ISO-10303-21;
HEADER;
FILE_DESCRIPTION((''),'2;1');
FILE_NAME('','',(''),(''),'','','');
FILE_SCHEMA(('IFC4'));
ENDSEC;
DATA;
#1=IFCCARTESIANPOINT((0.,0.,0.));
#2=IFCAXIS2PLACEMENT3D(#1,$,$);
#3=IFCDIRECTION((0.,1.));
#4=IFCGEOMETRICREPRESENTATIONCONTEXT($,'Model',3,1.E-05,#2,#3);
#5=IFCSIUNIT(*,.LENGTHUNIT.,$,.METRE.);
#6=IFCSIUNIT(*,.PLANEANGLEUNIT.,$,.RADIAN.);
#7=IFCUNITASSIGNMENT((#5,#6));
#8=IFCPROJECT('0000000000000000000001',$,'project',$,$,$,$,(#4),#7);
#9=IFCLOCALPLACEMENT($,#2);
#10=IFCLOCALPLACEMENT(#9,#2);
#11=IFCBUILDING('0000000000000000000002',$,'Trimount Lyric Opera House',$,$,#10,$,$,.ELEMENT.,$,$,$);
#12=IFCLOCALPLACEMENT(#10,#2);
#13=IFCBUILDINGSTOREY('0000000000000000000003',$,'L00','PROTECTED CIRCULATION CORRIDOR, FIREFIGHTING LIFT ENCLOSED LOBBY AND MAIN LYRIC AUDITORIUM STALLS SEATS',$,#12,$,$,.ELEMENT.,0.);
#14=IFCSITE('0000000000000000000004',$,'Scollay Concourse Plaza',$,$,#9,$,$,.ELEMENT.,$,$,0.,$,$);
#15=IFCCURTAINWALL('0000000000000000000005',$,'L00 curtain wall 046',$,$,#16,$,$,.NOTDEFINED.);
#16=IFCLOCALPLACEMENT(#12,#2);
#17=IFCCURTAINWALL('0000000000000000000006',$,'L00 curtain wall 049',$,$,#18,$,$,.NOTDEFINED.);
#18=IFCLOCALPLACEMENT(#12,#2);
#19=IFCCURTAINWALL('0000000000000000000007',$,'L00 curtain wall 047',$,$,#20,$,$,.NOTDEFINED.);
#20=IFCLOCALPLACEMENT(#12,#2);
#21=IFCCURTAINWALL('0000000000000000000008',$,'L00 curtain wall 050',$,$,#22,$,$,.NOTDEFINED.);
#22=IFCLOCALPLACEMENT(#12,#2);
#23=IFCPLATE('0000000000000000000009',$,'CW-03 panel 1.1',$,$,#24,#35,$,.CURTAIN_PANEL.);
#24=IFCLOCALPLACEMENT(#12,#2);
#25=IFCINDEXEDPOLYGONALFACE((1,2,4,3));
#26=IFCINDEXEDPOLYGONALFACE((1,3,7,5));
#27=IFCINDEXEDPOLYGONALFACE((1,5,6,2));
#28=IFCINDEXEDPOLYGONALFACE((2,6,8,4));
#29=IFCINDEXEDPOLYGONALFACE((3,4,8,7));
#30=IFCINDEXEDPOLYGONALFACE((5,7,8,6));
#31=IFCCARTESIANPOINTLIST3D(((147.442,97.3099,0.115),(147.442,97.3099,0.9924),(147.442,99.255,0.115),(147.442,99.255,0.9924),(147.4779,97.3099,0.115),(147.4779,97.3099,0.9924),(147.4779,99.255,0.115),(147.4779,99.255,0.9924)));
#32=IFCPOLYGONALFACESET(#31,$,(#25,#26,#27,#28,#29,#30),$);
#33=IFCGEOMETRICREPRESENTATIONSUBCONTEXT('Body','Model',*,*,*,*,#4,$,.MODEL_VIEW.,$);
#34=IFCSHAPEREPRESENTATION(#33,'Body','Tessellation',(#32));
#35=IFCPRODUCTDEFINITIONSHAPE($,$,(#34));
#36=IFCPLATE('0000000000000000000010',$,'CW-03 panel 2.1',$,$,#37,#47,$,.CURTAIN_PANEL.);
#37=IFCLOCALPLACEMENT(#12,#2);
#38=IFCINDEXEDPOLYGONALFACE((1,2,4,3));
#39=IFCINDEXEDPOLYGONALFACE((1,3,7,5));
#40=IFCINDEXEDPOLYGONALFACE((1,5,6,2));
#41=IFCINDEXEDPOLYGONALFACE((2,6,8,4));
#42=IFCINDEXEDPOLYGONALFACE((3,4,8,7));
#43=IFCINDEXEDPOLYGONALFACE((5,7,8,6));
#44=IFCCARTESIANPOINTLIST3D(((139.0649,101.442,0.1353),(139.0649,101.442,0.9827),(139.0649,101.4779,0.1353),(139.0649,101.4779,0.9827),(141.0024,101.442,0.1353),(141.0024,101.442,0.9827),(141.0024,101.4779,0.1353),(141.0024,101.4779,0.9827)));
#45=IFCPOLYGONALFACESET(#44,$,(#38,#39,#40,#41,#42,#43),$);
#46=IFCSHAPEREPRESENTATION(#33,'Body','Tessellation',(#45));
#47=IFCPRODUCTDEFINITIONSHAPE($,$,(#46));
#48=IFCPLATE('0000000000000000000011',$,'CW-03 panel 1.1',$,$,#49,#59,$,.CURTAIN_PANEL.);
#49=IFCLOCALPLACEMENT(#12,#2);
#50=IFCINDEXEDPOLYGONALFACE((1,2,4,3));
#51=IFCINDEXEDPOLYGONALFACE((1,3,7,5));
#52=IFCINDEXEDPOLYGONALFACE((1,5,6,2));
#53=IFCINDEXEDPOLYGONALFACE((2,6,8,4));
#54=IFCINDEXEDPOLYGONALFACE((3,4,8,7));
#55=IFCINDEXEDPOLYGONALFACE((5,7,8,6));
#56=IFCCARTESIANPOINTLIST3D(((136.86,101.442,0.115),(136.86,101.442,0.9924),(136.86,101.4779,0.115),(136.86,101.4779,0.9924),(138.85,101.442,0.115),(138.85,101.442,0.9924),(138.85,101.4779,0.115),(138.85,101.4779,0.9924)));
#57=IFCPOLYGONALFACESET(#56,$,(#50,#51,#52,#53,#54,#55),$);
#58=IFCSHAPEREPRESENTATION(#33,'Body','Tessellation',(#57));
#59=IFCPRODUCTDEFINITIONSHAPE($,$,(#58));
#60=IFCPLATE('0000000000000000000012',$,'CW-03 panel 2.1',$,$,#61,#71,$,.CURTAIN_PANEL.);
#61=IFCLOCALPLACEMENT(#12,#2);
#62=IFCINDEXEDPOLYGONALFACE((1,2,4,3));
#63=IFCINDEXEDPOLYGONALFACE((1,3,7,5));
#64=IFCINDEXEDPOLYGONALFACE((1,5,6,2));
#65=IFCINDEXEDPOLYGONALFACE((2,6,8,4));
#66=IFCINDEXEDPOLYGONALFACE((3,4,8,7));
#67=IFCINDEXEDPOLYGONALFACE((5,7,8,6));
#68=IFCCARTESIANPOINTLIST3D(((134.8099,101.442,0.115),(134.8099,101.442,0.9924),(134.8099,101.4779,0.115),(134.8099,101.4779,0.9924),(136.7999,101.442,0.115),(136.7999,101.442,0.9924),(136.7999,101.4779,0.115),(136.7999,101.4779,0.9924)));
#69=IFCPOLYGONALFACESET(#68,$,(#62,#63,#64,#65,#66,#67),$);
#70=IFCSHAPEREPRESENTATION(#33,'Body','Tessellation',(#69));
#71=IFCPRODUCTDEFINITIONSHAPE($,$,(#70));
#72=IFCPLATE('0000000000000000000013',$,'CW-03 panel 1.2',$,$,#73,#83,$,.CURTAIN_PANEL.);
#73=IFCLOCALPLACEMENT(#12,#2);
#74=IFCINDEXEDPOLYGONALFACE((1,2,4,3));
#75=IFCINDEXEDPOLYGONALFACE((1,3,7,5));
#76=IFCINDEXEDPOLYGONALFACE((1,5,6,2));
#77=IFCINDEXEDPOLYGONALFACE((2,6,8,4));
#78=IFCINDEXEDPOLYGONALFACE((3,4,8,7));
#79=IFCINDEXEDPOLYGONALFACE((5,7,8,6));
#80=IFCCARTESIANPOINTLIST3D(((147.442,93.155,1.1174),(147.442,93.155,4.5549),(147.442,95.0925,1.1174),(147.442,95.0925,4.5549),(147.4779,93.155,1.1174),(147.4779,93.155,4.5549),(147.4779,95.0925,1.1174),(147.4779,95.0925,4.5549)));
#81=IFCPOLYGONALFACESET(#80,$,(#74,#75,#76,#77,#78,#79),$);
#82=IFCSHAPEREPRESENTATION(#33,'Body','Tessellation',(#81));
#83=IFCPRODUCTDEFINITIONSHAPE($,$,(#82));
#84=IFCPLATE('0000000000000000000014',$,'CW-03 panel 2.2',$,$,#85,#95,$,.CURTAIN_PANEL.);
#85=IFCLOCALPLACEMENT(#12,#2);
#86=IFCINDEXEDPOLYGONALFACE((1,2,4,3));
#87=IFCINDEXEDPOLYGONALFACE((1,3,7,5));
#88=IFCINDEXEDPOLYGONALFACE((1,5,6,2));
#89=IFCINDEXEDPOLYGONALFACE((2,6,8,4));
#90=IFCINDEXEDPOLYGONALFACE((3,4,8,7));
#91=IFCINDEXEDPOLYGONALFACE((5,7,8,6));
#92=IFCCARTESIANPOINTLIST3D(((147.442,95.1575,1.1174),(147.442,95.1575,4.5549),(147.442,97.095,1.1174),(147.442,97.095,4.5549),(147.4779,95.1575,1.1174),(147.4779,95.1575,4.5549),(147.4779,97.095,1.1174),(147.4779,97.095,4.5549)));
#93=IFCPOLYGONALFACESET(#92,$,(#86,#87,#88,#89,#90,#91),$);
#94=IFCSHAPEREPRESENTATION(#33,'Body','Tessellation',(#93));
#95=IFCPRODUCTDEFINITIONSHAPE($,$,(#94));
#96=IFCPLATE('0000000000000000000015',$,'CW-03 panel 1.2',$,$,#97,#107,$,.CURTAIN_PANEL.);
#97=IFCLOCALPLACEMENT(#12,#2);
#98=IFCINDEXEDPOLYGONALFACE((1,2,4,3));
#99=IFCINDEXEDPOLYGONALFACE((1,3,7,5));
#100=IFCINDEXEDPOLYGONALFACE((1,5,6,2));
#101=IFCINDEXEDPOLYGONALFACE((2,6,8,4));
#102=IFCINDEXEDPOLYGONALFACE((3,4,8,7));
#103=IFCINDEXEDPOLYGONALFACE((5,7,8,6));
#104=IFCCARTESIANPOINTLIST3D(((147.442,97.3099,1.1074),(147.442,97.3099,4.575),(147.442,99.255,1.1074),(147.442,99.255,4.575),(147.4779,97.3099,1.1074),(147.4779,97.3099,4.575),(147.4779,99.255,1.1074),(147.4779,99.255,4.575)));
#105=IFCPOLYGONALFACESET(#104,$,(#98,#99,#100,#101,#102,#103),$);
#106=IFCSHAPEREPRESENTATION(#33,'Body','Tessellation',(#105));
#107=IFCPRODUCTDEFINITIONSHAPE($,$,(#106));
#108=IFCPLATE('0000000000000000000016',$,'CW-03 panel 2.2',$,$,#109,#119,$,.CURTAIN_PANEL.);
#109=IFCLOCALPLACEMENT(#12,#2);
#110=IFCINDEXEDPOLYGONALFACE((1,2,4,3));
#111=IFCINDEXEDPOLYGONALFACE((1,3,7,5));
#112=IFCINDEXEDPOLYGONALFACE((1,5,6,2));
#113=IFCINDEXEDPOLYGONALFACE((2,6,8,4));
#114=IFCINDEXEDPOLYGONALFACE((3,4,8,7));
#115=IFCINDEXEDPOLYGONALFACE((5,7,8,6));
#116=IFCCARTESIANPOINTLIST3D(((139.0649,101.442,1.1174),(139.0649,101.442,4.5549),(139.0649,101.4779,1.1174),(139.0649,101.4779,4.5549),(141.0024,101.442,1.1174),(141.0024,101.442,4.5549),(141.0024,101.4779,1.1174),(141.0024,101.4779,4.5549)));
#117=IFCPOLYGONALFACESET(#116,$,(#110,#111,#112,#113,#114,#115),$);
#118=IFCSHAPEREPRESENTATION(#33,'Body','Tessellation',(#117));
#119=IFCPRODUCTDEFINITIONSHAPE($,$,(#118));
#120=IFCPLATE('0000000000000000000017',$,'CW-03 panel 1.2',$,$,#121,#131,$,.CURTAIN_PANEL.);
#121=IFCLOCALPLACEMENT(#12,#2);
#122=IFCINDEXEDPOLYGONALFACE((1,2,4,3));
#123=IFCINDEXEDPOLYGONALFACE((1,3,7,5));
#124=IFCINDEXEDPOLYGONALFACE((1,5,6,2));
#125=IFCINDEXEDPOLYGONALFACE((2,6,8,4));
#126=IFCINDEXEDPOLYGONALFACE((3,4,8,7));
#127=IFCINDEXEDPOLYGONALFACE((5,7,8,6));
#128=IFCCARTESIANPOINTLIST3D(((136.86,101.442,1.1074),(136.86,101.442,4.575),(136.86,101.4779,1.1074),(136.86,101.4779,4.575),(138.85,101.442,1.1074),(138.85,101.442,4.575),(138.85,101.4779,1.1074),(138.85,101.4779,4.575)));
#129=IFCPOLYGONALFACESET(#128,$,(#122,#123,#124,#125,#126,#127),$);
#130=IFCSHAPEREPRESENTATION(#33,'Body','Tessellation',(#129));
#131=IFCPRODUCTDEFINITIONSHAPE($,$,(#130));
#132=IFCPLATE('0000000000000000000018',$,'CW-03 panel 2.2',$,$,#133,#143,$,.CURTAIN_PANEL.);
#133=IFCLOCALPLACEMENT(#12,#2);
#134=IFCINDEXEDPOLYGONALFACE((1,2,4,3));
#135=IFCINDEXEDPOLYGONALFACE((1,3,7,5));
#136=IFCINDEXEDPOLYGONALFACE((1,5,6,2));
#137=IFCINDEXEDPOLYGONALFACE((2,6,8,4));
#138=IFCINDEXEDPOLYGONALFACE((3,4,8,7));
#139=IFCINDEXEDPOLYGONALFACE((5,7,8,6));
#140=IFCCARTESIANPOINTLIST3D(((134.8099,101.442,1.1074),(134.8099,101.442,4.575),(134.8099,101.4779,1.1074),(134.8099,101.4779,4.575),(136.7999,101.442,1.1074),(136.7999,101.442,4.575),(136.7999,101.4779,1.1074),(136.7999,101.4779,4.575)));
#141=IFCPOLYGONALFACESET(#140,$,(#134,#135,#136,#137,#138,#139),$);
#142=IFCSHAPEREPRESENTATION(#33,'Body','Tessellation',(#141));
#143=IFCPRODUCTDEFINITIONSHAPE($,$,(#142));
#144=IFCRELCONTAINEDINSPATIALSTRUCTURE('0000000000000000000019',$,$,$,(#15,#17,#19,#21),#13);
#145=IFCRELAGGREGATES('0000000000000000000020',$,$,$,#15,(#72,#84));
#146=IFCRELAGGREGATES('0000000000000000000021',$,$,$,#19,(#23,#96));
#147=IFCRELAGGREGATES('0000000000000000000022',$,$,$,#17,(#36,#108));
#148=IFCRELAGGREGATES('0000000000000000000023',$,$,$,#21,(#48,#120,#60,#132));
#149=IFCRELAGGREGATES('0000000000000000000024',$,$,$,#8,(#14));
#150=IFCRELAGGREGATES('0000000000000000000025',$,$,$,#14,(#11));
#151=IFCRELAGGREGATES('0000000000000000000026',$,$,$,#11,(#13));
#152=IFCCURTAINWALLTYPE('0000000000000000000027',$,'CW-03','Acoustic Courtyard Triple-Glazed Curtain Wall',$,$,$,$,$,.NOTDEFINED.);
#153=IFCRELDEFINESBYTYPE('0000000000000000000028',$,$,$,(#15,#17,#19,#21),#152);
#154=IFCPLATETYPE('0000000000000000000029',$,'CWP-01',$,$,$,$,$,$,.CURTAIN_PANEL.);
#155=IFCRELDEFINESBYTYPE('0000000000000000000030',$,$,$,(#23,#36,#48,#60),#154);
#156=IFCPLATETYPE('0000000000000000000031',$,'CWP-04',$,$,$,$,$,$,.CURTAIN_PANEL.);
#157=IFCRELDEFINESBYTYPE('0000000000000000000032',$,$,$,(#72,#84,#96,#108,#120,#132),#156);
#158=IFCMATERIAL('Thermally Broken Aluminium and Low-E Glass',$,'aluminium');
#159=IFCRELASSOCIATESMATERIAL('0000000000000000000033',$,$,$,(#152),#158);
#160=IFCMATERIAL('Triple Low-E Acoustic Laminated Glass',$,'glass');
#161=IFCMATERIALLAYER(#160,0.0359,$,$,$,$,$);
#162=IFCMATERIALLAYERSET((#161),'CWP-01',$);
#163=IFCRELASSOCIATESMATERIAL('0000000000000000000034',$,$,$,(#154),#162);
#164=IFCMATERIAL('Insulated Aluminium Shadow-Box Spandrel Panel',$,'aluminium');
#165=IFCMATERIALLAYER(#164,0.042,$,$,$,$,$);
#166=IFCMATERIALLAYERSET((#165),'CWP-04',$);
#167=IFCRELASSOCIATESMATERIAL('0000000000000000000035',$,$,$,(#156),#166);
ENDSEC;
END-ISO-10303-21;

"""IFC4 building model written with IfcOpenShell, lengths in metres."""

from ifc_helpers import new_model, si_unit, direction, frame, origin, origin_2d, place, context, subcontext, project, spatial, rectangle, extrude, material, layer, layer_set, type_object, element, aggregate, save


model = new_model("IFC4")

# Units and contexts
model_context = context("Model", 3, precision=1e-05, world=origin(), true_north=direction((0.0, 1.0)))
body_context = subcontext(model_context, "Body", "Model", "MODEL_VIEW")
ifc_project = project(units=[si_unit("LENGTHUNIT", "METRE"), si_unit("PLANEANGLEUNIT", "RADIAN")], contexts=[model_context])

# Site, building, storey
site_placement = place(None, origin())
site = spatial("IfcSite", under=ifc_project, at=site_placement, Name="Scollay Concourse Plaza", CompositionType="ELEMENT", RefElevation=0.0)
building_placement = place(site_placement, origin())
building = spatial("IfcBuilding", under=site, at=building_placement, Name="Trimount Lyric Opera House", CompositionType="ELEMENT")
storey_placement = place(building_placement, origin())
storey = spatial("IfcBuildingStorey", under=building, at=storey_placement, Name="L00", Description="PROTECTED CIRCULATION CORRIDOR, FIREFIGHTING LIFT ENCLOSED LOBBY AND MAIN LYRIC AUDITORIUM STALLS SEATS", CompositionType="ELEMENT", Elevation=0.0)

# Shared definitions
ifc_material_1 = material(Name="Thermally Broken Aluminium and Low-E Glass", Category="aluminium")
curtain_wall_type = type_object("IfcCurtainWallType", Name="CW-03", Description="Acoustic Courtyard Triple-Glazed Curtain Wall", PredefinedType="NOTDEFINED", material=ifc_material_1)

# Curtain walls
curtain_wall_1_placement = place(storey_placement, origin())
curtain_wall_1 = element("IfcCurtainWall", 1, at=curtain_wall_1_placement, inside=storey, type_object=curtain_wall_type, Name="L00 curtain wall 046", PredefinedType="NOTDEFINED")
curtain_wall_2_placement = place(storey_placement, origin())
curtain_wall_2 = element("IfcCurtainWall", 2, at=curtain_wall_2_placement, inside=storey, type_object=curtain_wall_type, Name="L00 curtain wall 049", PredefinedType="NOTDEFINED")

# Curtain wall
curtain_wall_3_placement = place(storey_placement, origin())
curtain_wall_3 = element("IfcCurtainWall", 3, at=curtain_wall_3_placement, inside=storey, type_object=curtain_wall_type, Name="L00 curtain wall 047", PredefinedType="NOTDEFINED")

# Curtain wall
curtain_wall_4_placement = place(storey_placement, origin())
curtain_wall_4 = element("IfcCurtainWall", 4, at=curtain_wall_4_placement, inside=storey, type_object=curtain_wall_type, Name="L00 curtain wall 050", PredefinedType="NOTDEFINED")

# Plates
ifc_material_2 = material(Name="Triple Low-E Acoustic Laminated Glass", Category="glass")
ifc_layer_1 = layer(ifc_material_2, 0.0359)
ifc_layer_set_1 = layer_set([ifc_layer_1], Name="CWP-01")
plate_type_1 = type_object("IfcPlateType", Name="CWP-01", PredefinedType="CURTAIN_PANEL", material=ifc_layer_set_1)
plate_1_placement = place(storey_placement, frame((147.46, 98.2825, 0.115), z_axis=(0.0, 0.0, 1.0), x_axis=(0.0, 1.0, 0.0)))
plate_1 = element("IfcPlate", 5, at=plate_1_placement, type_object=plate_type_1, Name="CW-03 panel 1.1", PredefinedType="CURTAIN_PANEL", context=body_context, shape_type="SweptSolid", body=[
    extrude(rectangle(XDim=1.9451, YDim=0.0359, at=origin_2d()), origin(), (0.0, 0.0, 1.0), 0.8774),
])
plate_2_placement = place(storey_placement, frame((140.0337, 101.46, 0.1353), z_axis=(0.0, 0.0, 1.0), x_axis=(-1.0, 0.0, 0.0)))
plate_2 = element("IfcPlate", 6, at=plate_2_placement, type_object=plate_type_1, Name="CW-03 panel 2.1", PredefinedType="CURTAIN_PANEL", context=body_context, shape_type="SweptSolid", body=[
    extrude(rectangle(XDim=1.9375, YDim=0.0359, at=origin_2d()), origin(), (0.0, 0.0, 1.0), 0.8474),
])
plate_3_placement = place(storey_placement, frame((137.855, 101.46, 0.115), z_axis=(0.0, 0.0, 1.0), x_axis=(-1.0, 0.0, 0.0)))
plate_3 = element("IfcPlate", 7, at=plate_3_placement, type_object=plate_type_1, Name="CW-03 panel 1.1", PredefinedType="CURTAIN_PANEL", context=body_context, shape_type="SweptSolid", body=[
    extrude(rectangle(XDim=1.99, YDim=0.0359, at=origin_2d()), origin(), (0.0, 0.0, 1.0), 0.8774),
])
plate_4_placement = place(storey_placement, frame((135.8049, 101.46, 0.115), z_axis=(0.0, 0.0, 1.0), x_axis=(-1.0, 0.0, 0.0)))
plate_4 = element("IfcPlate", 8, at=plate_4_placement, type_object=plate_type_1, Name="CW-03 panel 2.1", PredefinedType="CURTAIN_PANEL", context=body_context, shape_type="SweptSolid", body=[
    extrude(rectangle(XDim=1.99, YDim=0.0359, at=origin_2d()), origin(), (0.0, 0.0, 1.0), 0.8774),
])
ifc_material_3 = material(Name="Insulated Aluminium Shadow-Box Spandrel Panel", Category="aluminium")
ifc_layer_2 = layer(ifc_material_3, 0.042)
ifc_layer_set_2 = layer_set([ifc_layer_2], Name="CWP-04")
plate_type_2 = type_object("IfcPlateType", Name="CWP-04", PredefinedType="CURTAIN_PANEL", material=ifc_layer_set_2)
plate_5_placement = place(storey_placement, frame((147.46, 94.1238, 1.1174), z_axis=(0.0, 0.0, 1.0), x_axis=(0.0, 1.0, 0.0)))
plate_5 = element("IfcPlate", 9, at=plate_5_placement, type_object=plate_type_2, Name="CW-03 panel 1.2", PredefinedType="CURTAIN_PANEL", context=body_context, shape_type="SweptSolid", body=[
    extrude(rectangle(XDim=1.9375, YDim=0.0359, at=origin_2d()), origin(), (0.0, 0.0, 1.0), 3.4375),
])
plate_6_placement = place(storey_placement, frame((147.46, 96.1262, 1.1174), z_axis=(0.0, 0.0, 1.0), x_axis=(0.0, 1.0, 0.0)))
plate_6 = element("IfcPlate", 10, at=plate_6_placement, type_object=plate_type_2, Name="CW-03 panel 2.2", PredefinedType="CURTAIN_PANEL", context=body_context, shape_type="SweptSolid", body=[
    extrude(rectangle(XDim=1.9375, YDim=0.0359, at=origin_2d()), origin(), (0.0, 0.0, 1.0), 3.4375),
])
aggregate(curtain_wall_1, [plate_5, plate_6])
plate_7_placement = place(storey_placement, frame((147.46, 98.2825, 1.1074), z_axis=(0.0, 0.0, 1.0), x_axis=(0.0, 1.0, 0.0)))
plate_7 = element("IfcPlate", 11, at=plate_7_placement, type_object=plate_type_2, Name="CW-03 panel 1.2", PredefinedType="CURTAIN_PANEL", context=body_context, shape_type="SweptSolid", body=[
    extrude(rectangle(XDim=1.9451, YDim=0.0359, at=origin_2d()), origin(), (0.0, 0.0, 1.0), 3.4675),
])
aggregate(curtain_wall_3, [plate_1, plate_7])
plate_8_placement = place(storey_placement, frame((140.0337, 101.46, 1.1174), z_axis=(0.0, 0.0, 1.0), x_axis=(-1.0, 0.0, 0.0)))
plate_8 = element("IfcPlate", 12, at=plate_8_placement, type_object=plate_type_2, Name="CW-03 panel 2.2", PredefinedType="CURTAIN_PANEL", context=body_context, shape_type="SweptSolid", body=[
    extrude(rectangle(XDim=1.9375, YDim=0.0359, at=origin_2d()), origin(), (0.0, 0.0, 1.0), 3.4375),
])
aggregate(curtain_wall_2, [plate_2, plate_8])
plate_9_placement = place(storey_placement, frame((137.855, 101.46, 1.1074), z_axis=(0.0, 0.0, 1.0), x_axis=(-1.0, 0.0, 0.0)))
plate_9 = element("IfcPlate", 13, at=plate_9_placement, type_object=plate_type_2, Name="CW-03 panel 1.2", PredefinedType="CURTAIN_PANEL", context=body_context, shape_type="SweptSolid", body=[
    extrude(rectangle(XDim=1.99, YDim=0.0359, at=origin_2d()), origin(), (0.0, 0.0, 1.0), 3.4675),
])
plate_10_placement = place(storey_placement, frame((135.8049, 101.46, 1.1074), z_axis=(0.0, 0.0, 1.0), x_axis=(-1.0, 0.0, 0.0)))
plate_10 = element("IfcPlate", 14, at=plate_10_placement, type_object=plate_type_2, Name="CW-03 panel 2.2", PredefinedType="CURTAIN_PANEL", context=body_context, shape_type="SweptSolid", body=[
    extrude(rectangle(XDim=1.99, YDim=0.0359, at=origin_2d()), origin(), (0.0, 0.0, 1.0), 3.4675),
])
aggregate(curtain_wall_4, [plate_3, plate_9, plate_4, plate_10])

save(model, "model.ifc")
